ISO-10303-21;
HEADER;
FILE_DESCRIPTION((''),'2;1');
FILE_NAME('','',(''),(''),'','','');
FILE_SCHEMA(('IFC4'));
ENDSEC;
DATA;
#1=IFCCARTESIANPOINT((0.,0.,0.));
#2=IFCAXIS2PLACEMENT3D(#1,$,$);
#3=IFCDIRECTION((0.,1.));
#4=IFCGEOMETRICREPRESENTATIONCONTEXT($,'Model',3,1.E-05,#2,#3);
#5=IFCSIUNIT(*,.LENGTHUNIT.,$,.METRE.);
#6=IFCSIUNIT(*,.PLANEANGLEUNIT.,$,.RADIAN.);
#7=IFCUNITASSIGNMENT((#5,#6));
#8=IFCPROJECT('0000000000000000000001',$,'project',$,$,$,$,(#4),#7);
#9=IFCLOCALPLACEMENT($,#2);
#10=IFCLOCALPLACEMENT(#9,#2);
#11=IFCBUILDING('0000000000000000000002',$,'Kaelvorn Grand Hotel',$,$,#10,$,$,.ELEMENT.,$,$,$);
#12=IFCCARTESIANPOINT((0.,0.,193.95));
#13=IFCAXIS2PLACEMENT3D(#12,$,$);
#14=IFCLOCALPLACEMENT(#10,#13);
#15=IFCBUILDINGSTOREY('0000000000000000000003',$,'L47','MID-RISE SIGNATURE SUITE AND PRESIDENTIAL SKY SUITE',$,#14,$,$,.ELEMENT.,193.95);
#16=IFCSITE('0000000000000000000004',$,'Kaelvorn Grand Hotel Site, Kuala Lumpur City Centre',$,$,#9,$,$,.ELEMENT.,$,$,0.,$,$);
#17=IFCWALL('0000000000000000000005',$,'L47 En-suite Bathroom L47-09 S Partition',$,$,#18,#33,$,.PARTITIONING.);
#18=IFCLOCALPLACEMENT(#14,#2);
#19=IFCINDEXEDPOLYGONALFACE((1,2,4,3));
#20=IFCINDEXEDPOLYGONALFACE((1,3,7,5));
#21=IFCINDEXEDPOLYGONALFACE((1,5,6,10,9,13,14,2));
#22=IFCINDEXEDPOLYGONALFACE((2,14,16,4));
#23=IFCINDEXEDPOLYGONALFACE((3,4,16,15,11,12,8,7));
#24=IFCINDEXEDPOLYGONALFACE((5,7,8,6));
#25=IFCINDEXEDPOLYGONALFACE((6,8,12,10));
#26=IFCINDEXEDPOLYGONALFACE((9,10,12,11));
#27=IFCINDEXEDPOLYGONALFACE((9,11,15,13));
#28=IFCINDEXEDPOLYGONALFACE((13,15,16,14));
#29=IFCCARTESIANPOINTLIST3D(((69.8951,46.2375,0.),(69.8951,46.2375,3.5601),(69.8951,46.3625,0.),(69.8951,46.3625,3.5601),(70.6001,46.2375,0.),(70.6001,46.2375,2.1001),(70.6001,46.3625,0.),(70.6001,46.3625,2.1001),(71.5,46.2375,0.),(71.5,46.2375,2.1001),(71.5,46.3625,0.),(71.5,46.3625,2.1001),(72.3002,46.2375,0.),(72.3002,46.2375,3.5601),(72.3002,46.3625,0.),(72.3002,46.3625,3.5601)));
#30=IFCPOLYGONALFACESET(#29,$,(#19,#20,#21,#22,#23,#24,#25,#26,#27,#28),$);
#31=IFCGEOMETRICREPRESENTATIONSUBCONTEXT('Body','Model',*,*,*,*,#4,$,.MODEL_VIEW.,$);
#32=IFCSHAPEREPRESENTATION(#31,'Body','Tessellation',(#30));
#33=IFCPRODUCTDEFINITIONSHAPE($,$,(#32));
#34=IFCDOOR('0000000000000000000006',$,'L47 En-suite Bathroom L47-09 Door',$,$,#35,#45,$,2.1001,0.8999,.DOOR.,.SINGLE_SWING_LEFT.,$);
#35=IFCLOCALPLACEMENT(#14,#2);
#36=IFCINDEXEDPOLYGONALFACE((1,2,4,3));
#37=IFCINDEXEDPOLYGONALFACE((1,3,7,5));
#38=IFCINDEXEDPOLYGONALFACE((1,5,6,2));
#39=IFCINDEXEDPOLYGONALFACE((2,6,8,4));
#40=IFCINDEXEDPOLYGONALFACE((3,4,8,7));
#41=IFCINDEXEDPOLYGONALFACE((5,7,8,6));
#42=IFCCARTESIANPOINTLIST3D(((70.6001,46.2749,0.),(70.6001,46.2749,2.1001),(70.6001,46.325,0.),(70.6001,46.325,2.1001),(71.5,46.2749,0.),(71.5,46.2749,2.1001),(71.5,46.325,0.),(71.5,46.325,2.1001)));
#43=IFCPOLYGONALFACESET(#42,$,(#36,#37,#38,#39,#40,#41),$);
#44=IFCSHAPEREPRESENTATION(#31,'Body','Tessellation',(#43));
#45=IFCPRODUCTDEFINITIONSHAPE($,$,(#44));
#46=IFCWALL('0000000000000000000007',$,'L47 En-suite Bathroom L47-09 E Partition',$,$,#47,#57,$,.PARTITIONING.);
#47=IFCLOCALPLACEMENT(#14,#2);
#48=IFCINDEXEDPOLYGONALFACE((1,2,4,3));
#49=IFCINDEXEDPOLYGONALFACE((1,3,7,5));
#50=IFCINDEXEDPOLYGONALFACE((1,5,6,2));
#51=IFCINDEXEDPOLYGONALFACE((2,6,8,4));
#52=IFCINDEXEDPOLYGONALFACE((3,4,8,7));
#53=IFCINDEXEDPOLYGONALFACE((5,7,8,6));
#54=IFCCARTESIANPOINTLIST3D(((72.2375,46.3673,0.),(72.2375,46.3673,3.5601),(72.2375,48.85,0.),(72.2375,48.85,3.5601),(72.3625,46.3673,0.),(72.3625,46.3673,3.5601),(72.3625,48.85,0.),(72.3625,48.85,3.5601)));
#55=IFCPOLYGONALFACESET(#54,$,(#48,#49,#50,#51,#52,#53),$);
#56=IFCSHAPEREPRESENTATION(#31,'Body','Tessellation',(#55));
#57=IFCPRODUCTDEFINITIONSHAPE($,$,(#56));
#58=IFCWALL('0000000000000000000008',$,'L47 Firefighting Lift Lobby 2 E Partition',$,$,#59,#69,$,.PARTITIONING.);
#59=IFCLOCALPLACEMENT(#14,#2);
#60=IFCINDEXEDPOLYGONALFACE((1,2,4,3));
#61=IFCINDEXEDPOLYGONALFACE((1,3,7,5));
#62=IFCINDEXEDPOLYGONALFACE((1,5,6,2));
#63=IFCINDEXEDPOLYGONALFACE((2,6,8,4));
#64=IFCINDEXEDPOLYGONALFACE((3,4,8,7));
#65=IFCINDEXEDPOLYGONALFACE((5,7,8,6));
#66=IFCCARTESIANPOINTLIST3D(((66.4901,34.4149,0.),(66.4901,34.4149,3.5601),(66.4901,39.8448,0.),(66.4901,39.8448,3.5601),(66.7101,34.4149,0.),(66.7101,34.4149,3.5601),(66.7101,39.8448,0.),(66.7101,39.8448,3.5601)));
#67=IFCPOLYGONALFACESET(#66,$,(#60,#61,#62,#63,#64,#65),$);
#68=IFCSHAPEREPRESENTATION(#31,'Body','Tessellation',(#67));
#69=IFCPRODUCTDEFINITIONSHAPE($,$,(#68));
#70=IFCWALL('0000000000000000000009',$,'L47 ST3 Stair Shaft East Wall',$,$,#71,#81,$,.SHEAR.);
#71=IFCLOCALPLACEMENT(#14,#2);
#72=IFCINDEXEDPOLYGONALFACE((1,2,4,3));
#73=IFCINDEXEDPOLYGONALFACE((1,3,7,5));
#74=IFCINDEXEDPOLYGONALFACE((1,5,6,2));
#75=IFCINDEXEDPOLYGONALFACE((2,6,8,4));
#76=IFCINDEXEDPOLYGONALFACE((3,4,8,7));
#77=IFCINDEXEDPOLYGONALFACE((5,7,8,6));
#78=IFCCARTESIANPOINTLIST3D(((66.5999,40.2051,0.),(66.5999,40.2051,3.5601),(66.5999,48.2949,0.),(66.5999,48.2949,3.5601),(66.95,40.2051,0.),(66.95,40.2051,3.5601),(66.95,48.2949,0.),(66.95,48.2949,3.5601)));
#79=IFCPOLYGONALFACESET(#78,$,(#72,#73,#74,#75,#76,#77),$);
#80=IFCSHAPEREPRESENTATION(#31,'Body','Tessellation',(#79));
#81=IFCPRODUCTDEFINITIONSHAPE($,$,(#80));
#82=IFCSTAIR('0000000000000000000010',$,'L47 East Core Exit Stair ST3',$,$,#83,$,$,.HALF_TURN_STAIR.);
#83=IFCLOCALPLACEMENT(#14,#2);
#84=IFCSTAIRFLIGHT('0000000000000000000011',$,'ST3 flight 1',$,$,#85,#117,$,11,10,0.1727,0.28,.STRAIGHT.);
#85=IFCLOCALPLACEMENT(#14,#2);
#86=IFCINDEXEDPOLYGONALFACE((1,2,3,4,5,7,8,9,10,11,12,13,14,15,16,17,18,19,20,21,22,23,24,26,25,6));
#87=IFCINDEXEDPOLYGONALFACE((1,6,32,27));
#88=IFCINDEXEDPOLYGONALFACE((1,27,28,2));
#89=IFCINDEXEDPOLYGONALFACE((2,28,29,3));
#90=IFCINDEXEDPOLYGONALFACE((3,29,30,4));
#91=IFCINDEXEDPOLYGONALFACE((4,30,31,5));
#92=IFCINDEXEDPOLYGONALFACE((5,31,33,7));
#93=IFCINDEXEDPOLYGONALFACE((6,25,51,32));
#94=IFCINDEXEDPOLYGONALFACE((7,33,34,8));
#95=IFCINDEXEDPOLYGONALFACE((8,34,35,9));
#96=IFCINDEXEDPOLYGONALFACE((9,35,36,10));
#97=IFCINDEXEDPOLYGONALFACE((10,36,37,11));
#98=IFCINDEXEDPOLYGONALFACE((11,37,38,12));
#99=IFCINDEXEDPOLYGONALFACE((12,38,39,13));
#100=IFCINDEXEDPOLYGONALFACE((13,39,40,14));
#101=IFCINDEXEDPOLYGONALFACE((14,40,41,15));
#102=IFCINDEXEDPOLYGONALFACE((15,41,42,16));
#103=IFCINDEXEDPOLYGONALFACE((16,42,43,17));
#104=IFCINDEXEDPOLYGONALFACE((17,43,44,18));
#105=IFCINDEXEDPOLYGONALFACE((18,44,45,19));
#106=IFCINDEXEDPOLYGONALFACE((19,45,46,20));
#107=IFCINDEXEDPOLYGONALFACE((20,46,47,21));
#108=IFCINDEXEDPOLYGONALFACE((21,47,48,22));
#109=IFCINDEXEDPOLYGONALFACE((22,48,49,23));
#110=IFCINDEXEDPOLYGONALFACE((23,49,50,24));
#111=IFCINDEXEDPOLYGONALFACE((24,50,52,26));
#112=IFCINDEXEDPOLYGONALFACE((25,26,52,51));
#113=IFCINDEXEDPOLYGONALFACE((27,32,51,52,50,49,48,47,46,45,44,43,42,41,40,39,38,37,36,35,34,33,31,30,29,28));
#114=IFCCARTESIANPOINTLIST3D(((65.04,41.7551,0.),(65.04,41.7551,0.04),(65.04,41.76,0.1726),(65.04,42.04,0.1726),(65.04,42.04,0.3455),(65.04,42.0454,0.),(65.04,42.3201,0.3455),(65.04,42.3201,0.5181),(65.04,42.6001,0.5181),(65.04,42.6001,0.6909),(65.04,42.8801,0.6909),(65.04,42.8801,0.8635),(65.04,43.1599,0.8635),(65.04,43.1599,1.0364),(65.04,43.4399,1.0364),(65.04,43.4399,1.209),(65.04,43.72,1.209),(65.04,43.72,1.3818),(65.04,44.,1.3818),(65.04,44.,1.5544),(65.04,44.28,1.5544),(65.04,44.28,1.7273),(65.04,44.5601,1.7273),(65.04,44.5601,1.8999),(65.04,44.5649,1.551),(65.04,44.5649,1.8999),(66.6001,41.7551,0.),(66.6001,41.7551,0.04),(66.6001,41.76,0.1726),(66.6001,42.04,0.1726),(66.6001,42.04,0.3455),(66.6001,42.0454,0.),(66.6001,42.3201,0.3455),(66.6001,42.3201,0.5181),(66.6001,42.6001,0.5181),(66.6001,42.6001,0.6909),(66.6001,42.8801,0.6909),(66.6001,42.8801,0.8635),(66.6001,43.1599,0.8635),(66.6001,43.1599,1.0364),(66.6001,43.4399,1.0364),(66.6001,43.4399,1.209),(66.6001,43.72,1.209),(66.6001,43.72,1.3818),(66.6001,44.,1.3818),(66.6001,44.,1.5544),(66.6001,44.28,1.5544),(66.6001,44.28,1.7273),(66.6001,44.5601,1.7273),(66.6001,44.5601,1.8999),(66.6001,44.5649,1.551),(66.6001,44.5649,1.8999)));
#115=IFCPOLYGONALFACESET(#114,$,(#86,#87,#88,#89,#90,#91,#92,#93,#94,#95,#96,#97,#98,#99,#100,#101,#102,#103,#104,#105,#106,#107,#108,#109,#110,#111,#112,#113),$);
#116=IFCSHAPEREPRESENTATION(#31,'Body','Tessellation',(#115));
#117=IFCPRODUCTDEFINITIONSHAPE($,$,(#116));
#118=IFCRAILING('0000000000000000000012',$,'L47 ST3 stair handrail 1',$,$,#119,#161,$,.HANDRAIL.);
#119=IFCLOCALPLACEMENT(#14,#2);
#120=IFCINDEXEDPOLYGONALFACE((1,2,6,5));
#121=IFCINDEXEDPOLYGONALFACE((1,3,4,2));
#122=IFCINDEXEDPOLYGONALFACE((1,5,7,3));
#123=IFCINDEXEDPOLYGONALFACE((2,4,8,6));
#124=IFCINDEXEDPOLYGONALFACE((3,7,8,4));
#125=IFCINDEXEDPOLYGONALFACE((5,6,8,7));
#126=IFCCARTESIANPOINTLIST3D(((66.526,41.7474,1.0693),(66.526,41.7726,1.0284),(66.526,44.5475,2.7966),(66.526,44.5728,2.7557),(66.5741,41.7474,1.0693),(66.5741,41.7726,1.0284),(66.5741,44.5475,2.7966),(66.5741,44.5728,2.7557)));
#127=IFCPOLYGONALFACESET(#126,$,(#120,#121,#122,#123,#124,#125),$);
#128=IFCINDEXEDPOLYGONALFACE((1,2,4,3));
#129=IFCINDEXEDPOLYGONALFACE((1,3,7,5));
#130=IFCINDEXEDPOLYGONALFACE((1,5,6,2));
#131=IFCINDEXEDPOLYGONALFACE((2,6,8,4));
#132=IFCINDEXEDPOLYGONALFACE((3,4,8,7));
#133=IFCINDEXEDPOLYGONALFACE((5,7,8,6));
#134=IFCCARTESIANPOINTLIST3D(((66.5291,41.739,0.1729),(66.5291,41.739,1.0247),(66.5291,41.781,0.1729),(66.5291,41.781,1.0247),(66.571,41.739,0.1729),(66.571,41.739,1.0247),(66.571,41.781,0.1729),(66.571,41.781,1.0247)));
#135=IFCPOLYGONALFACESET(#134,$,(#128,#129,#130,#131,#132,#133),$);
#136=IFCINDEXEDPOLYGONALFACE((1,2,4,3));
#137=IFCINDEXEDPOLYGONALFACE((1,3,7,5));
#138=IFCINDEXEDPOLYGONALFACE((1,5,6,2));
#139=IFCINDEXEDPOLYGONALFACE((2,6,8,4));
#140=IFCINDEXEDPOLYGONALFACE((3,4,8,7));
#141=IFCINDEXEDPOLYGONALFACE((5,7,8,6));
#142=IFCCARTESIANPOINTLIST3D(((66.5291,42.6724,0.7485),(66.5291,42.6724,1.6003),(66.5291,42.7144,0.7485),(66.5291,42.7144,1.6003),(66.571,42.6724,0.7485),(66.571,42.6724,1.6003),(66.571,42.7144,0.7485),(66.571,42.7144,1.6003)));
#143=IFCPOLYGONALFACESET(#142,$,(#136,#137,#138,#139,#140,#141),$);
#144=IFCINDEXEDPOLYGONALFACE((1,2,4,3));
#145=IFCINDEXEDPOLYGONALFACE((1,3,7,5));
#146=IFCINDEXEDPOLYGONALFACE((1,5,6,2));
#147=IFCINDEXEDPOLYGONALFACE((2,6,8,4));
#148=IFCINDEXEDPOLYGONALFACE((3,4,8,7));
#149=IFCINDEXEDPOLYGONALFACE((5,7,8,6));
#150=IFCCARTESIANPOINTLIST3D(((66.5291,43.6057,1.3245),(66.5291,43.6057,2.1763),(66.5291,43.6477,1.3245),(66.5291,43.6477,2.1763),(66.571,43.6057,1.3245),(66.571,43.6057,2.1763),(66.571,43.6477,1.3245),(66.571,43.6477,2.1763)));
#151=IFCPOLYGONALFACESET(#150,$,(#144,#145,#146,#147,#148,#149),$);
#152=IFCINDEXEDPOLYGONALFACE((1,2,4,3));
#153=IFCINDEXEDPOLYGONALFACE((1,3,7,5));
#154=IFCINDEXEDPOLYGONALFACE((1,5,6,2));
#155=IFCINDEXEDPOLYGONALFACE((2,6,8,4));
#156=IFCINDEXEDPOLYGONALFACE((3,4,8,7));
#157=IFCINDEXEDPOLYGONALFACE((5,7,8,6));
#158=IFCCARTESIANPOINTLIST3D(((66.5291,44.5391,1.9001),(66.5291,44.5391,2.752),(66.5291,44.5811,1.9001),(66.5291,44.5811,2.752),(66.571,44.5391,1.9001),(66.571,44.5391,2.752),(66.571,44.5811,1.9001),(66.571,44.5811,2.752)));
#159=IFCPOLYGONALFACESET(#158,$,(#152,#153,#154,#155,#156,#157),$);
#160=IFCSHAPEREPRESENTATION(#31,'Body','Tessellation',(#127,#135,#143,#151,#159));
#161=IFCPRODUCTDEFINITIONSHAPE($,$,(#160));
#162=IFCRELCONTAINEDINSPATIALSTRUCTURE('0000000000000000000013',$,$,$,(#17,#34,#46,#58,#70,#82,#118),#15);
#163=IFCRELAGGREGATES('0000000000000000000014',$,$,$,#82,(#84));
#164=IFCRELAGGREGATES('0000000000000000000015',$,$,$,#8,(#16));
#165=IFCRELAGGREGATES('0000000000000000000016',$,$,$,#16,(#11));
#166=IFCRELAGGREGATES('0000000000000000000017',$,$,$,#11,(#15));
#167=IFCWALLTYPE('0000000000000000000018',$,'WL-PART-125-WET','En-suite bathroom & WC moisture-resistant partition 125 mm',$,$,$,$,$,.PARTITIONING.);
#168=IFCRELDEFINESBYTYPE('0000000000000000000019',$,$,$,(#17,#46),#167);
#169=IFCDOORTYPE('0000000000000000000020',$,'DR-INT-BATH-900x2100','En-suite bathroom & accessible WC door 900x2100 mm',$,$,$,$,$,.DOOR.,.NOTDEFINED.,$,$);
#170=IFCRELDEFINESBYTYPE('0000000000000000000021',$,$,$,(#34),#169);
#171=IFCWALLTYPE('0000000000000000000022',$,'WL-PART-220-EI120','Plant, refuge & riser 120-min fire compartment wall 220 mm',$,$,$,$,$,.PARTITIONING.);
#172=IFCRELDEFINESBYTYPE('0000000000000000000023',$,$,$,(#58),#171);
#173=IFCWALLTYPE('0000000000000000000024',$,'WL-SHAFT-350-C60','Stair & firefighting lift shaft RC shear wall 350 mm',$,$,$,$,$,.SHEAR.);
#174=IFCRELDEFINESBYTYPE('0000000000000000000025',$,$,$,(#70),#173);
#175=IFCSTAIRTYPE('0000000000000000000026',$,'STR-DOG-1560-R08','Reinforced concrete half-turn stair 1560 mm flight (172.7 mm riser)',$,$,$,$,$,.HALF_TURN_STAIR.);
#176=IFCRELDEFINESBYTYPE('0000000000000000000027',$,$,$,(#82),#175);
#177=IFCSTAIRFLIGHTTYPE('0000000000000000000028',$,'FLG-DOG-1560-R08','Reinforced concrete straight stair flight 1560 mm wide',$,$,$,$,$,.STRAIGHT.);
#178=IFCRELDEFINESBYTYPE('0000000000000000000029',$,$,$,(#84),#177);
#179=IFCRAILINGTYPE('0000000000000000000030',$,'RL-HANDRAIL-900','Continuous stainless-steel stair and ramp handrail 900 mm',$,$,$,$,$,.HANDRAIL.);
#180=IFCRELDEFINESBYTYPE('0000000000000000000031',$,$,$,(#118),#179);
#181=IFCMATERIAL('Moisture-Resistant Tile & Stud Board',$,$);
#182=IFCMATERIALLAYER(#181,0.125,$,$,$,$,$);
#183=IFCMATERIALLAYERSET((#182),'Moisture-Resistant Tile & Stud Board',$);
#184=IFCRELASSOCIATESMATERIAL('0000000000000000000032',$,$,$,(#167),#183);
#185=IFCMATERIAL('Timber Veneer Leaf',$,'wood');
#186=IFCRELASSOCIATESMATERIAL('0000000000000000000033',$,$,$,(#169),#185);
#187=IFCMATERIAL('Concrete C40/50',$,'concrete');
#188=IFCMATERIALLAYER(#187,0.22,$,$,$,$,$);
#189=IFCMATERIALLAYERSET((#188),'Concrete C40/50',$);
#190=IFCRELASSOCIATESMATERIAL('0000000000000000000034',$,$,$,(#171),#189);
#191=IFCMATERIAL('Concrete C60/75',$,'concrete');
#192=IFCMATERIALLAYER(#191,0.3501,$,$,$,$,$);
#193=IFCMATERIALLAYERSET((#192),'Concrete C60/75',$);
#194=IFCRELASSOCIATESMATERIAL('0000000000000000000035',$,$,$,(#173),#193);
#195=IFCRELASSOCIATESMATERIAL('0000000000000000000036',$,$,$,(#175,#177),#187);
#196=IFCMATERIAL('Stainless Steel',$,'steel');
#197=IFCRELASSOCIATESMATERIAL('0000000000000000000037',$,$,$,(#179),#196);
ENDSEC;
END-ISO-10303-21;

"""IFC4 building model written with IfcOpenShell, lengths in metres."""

from ifc_helpers import new_model, si_unit, direction, frame, frame_2d, origin, origin_2d, place, context, subcontext, project, spatial, polyline, rectangle, outline, extrude, material, layer, layer_set, type_object, element, fill, aggregate, save


model = new_model("IFC4")

# Units and contexts
model_context = context("Model", 3, precision=1e-05, world=origin(), true_north=direction((0.0, 1.0)))
body_context = subcontext(model_context, "Body", "Model", "MODEL_VIEW")
ifc_project = project(units=[si_unit("LENGTHUNIT", "METRE"), si_unit("PLANEANGLEUNIT", "RADIAN")], contexts=[model_context])

# Site, building, storey
site_placement = place(None, origin())
site = spatial("IfcSite", under=ifc_project, at=site_placement, Name="Kaelvorn Grand Hotel Site, Kuala Lumpur City Centre", CompositionType="ELEMENT", RefElevation=0.0)
building_placement = place(site_placement, origin())
building = spatial("IfcBuilding", under=site, at=building_placement, Name="Kaelvorn Grand Hotel", CompositionType="ELEMENT")
storey_placement = place(building_placement, frame((0.0, 0.0, 193.95)))
storey = spatial("IfcBuildingStorey", under=building, at=storey_placement, Name="L47", Description="MID-RISE SIGNATURE SUITE AND PRESIDENTIAL SKY SUITE", CompositionType="ELEMENT", Elevation=193.95)

# Shared definitions
ifc_material_1 = material(Name="Concrete C60/75", Category="concrete")

# Shared definitions
ifc_material_2 = material(Name="Concrete C40/50", Category="concrete")

# Wall, opening, door
ifc_material_3 = material(Name="Moisture-Resistant Tile & Stud Board")
ifc_layer_1 = layer(ifc_material_3, 0.125)
ifc_layer_set_1 = layer_set([ifc_layer_1], Name="Moisture-Resistant Tile & Stud Board")
wall_type_1 = type_object("IfcWallType", Name="WL-PART-125-WET", Description="En-suite bathroom & WC moisture-resistant partition 125 mm", PredefinedType="PARTITIONING", material=ifc_layer_set_1)
wall_1_placement = place(storey_placement, frame((69.895, 46.3, 0.0), z_axis=(0.0, 0.0, 1.0), x_axis=(1.0, 0.0, 0.0)))
wall_1 = element("IfcWall", 1, at=wall_1_placement, inside=storey, type_object=wall_type_1, Name="L47 En-suite Bathroom L47-09 S Partition", PredefinedType="PARTITIONING", context=body_context, shape_type="SweptSolid", body=[
    extrude(rectangle(XDim=2.405, YDim=0.125, at=frame_2d((1.2026, 0.0))), origin(), (0.0, 0.0, 1.0), 3.5601),
])
opening_1_placement = place(wall_1_placement, frame((0.7051, 0.0, 0.0)))
opening_1 = element("IfcOpeningElement", 2, at=opening_1_placement, cuts=wall_1, PredefinedType="OPENING", context=body_context, shape_type="SweptSolid", body=[
    extrude(rectangle(XDim=0.8999, YDim=2.1001, at=frame_2d((0.45, 1.05))), frame((0.0, 0.0725, 0.0), z_axis=(0.0, -1.0, 0.0), x_axis=(1.0, 0.0, 0.0)), (0.0, 0.0, 1.0), 0.145),
])
ifc_material_4 = material(Name="Timber Veneer Leaf", Category="wood")
door_type = type_object("IfcDoorType", Name="DR-INT-BATH-900x2100", Description="En-suite bathroom & accessible WC door 900x2100 mm", OperationType="NOTDEFINED", PredefinedType="DOOR", material=ifc_material_4)
door_placement = place(opening_1_placement, origin())
door = element("IfcDoor", 3, at=door_placement, inside=storey, type_object=door_type, Name="L47 En-suite Bathroom L47-09 Door", OperationType="SINGLE_SWING_LEFT", OverallHeight=2.1001, OverallWidth=0.8999, PredefinedType="DOOR", context=body_context, shape_type="SweptSolid", body=[
    extrude(rectangle(XDim=0.8999, YDim=2.1001, at=frame_2d((0.45, 1.05))), frame((0.0, 0.0249, 0.0), z_axis=(0.0, -1.0, 0.0), x_axis=(1.0, 0.0, 0.0)), (0.0, 0.0, 1.0), 0.05),
])
fill(opening_1, door)

# Walls
wall_2_placement = place(storey_placement, frame((72.3, 46.3674, 0.0), z_axis=(0.0, 0.0, 1.0), x_axis=(0.0, 1.0, 0.0)))
element("IfcWall", 4, at=wall_2_placement, inside=storey, type_object=wall_type_1, Name="L47 En-suite Bathroom L47-09 E Partition", PredefinedType="PARTITIONING", context=body_context, shape_type="SweptSolid", body=[
    extrude(rectangle(XDim=2.4827, YDim=0.125, at=frame_2d((1.2412, 0.0))), origin(), (0.0, 0.0, 1.0), 3.5601),
])
ifc_layer_2 = layer(ifc_material_2, 0.22)
ifc_layer_set_2 = layer_set([ifc_layer_2], Name="Concrete C40/50")
wall_type_2 = type_object("IfcWallType", Name="WL-PART-220-EI120", Description="Plant, refuge & riser 120-min fire compartment wall 220 mm", PredefinedType="PARTITIONING", material=ifc_layer_set_2)
wall_3_placement = place(storey_placement, frame((66.6001, 34.415, 0.0), z_axis=(0.0, 0.0, 1.0), x_axis=(0.0, 1.0, 0.0)))
element("IfcWall", 5, at=wall_3_placement, inside=storey, type_object=wall_type_2, Name="L47 Firefighting Lift Lobby 2 E Partition", PredefinedType="PARTITIONING", context=body_context, shape_type="SweptSolid", body=[
    extrude(rectangle(XDim=5.4299, YDim=0.22, at=frame_2d((2.7148, 0.0))), origin(), (0.0, 0.0, 1.0), 3.5601),
])
ifc_layer_3 = layer(ifc_material_1, 0.3501)
ifc_layer_set_3 = layer_set([ifc_layer_3], Name="Concrete C60/75")
wall_type_3 = type_object("IfcWallType", Name="WL-SHAFT-350-C60", Description="Stair & firefighting lift shaft RC shear wall 350 mm", PredefinedType="SHEAR", material=ifc_layer_set_3)
wall_4_placement = place(storey_placement, frame((66.7749, 40.2051, 0.0), z_axis=(0.0, 0.0, 1.0), x_axis=(0.0, 1.0, 0.0)))
element("IfcWall", 6, at=wall_4_placement, inside=storey, type_object=wall_type_3, Name="L47 ST3 Stair Shaft East Wall", PredefinedType="SHEAR", context=body_context, shape_type="SweptSolid", body=[
    extrude(rectangle(XDim=8.0898, YDim=0.3501, at=frame_2d((4.0449, 0.0))), origin(), (0.0, 0.0, 1.0), 3.5601),
])

# Stair, stair flight
stair_type = type_object("IfcStairType", Name="STR-DOG-1560-R08", Description="Reinforced concrete half-turn stair 1560 mm flight (172.7 mm riser)", PredefinedType="HALF_TURN_STAIR", material=ifc_material_2)
stair_placement = place(storey_placement, origin())
stair = element("IfcStair", 7, at=stair_placement, inside=storey, type_object=stair_type, Name="L47 East Core Exit Stair ST3", PredefinedType="HALF_TURN_STAIR")
stair_flight_type = type_object("IfcStairFlightType", Name="FLG-DOG-1560-R08", Description="Reinforced concrete straight stair flight 1560 mm wide", PredefinedType="STRAIGHT", material=ifc_material_2)
stair_flight_placement = place(storey_placement, frame((65.8201, 41.76, 0.0), z_axis=(0.0, 0.0, 1.0), x_axis=(0.0, 1.0, 0.0)))
stair_flight = element("IfcStairFlight", 8, at=stair_flight_placement, type_object=stair_flight_type, Name="ST3 flight 1", NumberOfRisers=11, NumberOfTreads=10, PredefinedType="STRAIGHT", RiserHeight=0.1727, TreadLength=0.28, context=body_context, shape_type="SweptSolid", body=[
    extrude(outline(polyline([(-0.0049, 0.0), (-0.0049, 0.04), (0.0, 0.1726), (0.28, 0.1726), (0.28, 0.3455), (0.5601, 0.3455), (0.5601, 0.5181), (0.8401, 0.5181), (0.8401, 0.6909), (1.1201, 0.6909), (1.1201, 0.8635), (1.3999, 0.8635), (1.3999, 1.0364), (1.6799, 1.0364), (1.6799, 1.209), (1.96, 1.209), (1.96, 1.3818), (2.24, 1.3818), (2.24, 1.5544), (2.52, 1.5544), (2.52, 1.7273), (2.8, 1.7273), (2.8, 1.8999), (2.8049, 1.8999), (2.8049, 1.551), (0.2854, 0.0), (-0.0049, 0.0)])), frame((0.0, 0.78, 0.0), z_axis=(0.0, -1.0, 0.0), x_axis=(1.0, 0.0, 0.0)), (0.0, 0.0, 1.0), 1.5601),
])
aggregate(stair, [stair_flight])

# Railing
ifc_material_5 = material(Name="Stainless Steel", Category="steel")
railing_type = type_object("IfcRailingType", Name="RL-HANDRAIL-900", Description="Continuous stainless-steel stair and ramp handrail 900 mm", PredefinedType="HANDRAIL", material=ifc_material_5)
railing_placement = place(storey_placement, frame((66.55, 41.76, 0.1729)))
element("IfcRailing", 9, at=railing_placement, inside=storey, type_object=railing_type, Name="L47 ST3 stair handrail 1", PredefinedType="HANDRAIL", context=body_context, shape_type="SweptSolid", body=[
    extrude(rectangle(XDim=0.0481, YDim=0.0481, at=origin_2d()), frame((0.0, 0.0, 0.876), z_axis=(0.0, 0.85109, 0.52502), x_axis=(-1.0, 0.0, 0.0)), (0.0, 0.0, 1.0), 3.29),
    extrude(rectangle(XDim=0.042, YDim=0.042, at=origin_2d()), origin(), (0.0, 0.0, 1.0), 0.8518),
    extrude(rectangle(XDim=0.042, YDim=0.042, at=origin_2d()), frame((0.0, 0.9333, 0.5757)), (0.0, 0.0, 1.0), 0.8518),
    extrude(rectangle(XDim=0.042, YDim=0.042, at=origin_2d()), frame((0.0, 1.8667, 1.1516)), (0.0, 0.0, 1.0), 0.8518),
    extrude(rectangle(XDim=0.042, YDim=0.042, at=origin_2d()), frame((0.0, 2.8, 1.7273)), (0.0, 0.0, 1.0), 0.8518),
])

save(model, "model.ifc")
